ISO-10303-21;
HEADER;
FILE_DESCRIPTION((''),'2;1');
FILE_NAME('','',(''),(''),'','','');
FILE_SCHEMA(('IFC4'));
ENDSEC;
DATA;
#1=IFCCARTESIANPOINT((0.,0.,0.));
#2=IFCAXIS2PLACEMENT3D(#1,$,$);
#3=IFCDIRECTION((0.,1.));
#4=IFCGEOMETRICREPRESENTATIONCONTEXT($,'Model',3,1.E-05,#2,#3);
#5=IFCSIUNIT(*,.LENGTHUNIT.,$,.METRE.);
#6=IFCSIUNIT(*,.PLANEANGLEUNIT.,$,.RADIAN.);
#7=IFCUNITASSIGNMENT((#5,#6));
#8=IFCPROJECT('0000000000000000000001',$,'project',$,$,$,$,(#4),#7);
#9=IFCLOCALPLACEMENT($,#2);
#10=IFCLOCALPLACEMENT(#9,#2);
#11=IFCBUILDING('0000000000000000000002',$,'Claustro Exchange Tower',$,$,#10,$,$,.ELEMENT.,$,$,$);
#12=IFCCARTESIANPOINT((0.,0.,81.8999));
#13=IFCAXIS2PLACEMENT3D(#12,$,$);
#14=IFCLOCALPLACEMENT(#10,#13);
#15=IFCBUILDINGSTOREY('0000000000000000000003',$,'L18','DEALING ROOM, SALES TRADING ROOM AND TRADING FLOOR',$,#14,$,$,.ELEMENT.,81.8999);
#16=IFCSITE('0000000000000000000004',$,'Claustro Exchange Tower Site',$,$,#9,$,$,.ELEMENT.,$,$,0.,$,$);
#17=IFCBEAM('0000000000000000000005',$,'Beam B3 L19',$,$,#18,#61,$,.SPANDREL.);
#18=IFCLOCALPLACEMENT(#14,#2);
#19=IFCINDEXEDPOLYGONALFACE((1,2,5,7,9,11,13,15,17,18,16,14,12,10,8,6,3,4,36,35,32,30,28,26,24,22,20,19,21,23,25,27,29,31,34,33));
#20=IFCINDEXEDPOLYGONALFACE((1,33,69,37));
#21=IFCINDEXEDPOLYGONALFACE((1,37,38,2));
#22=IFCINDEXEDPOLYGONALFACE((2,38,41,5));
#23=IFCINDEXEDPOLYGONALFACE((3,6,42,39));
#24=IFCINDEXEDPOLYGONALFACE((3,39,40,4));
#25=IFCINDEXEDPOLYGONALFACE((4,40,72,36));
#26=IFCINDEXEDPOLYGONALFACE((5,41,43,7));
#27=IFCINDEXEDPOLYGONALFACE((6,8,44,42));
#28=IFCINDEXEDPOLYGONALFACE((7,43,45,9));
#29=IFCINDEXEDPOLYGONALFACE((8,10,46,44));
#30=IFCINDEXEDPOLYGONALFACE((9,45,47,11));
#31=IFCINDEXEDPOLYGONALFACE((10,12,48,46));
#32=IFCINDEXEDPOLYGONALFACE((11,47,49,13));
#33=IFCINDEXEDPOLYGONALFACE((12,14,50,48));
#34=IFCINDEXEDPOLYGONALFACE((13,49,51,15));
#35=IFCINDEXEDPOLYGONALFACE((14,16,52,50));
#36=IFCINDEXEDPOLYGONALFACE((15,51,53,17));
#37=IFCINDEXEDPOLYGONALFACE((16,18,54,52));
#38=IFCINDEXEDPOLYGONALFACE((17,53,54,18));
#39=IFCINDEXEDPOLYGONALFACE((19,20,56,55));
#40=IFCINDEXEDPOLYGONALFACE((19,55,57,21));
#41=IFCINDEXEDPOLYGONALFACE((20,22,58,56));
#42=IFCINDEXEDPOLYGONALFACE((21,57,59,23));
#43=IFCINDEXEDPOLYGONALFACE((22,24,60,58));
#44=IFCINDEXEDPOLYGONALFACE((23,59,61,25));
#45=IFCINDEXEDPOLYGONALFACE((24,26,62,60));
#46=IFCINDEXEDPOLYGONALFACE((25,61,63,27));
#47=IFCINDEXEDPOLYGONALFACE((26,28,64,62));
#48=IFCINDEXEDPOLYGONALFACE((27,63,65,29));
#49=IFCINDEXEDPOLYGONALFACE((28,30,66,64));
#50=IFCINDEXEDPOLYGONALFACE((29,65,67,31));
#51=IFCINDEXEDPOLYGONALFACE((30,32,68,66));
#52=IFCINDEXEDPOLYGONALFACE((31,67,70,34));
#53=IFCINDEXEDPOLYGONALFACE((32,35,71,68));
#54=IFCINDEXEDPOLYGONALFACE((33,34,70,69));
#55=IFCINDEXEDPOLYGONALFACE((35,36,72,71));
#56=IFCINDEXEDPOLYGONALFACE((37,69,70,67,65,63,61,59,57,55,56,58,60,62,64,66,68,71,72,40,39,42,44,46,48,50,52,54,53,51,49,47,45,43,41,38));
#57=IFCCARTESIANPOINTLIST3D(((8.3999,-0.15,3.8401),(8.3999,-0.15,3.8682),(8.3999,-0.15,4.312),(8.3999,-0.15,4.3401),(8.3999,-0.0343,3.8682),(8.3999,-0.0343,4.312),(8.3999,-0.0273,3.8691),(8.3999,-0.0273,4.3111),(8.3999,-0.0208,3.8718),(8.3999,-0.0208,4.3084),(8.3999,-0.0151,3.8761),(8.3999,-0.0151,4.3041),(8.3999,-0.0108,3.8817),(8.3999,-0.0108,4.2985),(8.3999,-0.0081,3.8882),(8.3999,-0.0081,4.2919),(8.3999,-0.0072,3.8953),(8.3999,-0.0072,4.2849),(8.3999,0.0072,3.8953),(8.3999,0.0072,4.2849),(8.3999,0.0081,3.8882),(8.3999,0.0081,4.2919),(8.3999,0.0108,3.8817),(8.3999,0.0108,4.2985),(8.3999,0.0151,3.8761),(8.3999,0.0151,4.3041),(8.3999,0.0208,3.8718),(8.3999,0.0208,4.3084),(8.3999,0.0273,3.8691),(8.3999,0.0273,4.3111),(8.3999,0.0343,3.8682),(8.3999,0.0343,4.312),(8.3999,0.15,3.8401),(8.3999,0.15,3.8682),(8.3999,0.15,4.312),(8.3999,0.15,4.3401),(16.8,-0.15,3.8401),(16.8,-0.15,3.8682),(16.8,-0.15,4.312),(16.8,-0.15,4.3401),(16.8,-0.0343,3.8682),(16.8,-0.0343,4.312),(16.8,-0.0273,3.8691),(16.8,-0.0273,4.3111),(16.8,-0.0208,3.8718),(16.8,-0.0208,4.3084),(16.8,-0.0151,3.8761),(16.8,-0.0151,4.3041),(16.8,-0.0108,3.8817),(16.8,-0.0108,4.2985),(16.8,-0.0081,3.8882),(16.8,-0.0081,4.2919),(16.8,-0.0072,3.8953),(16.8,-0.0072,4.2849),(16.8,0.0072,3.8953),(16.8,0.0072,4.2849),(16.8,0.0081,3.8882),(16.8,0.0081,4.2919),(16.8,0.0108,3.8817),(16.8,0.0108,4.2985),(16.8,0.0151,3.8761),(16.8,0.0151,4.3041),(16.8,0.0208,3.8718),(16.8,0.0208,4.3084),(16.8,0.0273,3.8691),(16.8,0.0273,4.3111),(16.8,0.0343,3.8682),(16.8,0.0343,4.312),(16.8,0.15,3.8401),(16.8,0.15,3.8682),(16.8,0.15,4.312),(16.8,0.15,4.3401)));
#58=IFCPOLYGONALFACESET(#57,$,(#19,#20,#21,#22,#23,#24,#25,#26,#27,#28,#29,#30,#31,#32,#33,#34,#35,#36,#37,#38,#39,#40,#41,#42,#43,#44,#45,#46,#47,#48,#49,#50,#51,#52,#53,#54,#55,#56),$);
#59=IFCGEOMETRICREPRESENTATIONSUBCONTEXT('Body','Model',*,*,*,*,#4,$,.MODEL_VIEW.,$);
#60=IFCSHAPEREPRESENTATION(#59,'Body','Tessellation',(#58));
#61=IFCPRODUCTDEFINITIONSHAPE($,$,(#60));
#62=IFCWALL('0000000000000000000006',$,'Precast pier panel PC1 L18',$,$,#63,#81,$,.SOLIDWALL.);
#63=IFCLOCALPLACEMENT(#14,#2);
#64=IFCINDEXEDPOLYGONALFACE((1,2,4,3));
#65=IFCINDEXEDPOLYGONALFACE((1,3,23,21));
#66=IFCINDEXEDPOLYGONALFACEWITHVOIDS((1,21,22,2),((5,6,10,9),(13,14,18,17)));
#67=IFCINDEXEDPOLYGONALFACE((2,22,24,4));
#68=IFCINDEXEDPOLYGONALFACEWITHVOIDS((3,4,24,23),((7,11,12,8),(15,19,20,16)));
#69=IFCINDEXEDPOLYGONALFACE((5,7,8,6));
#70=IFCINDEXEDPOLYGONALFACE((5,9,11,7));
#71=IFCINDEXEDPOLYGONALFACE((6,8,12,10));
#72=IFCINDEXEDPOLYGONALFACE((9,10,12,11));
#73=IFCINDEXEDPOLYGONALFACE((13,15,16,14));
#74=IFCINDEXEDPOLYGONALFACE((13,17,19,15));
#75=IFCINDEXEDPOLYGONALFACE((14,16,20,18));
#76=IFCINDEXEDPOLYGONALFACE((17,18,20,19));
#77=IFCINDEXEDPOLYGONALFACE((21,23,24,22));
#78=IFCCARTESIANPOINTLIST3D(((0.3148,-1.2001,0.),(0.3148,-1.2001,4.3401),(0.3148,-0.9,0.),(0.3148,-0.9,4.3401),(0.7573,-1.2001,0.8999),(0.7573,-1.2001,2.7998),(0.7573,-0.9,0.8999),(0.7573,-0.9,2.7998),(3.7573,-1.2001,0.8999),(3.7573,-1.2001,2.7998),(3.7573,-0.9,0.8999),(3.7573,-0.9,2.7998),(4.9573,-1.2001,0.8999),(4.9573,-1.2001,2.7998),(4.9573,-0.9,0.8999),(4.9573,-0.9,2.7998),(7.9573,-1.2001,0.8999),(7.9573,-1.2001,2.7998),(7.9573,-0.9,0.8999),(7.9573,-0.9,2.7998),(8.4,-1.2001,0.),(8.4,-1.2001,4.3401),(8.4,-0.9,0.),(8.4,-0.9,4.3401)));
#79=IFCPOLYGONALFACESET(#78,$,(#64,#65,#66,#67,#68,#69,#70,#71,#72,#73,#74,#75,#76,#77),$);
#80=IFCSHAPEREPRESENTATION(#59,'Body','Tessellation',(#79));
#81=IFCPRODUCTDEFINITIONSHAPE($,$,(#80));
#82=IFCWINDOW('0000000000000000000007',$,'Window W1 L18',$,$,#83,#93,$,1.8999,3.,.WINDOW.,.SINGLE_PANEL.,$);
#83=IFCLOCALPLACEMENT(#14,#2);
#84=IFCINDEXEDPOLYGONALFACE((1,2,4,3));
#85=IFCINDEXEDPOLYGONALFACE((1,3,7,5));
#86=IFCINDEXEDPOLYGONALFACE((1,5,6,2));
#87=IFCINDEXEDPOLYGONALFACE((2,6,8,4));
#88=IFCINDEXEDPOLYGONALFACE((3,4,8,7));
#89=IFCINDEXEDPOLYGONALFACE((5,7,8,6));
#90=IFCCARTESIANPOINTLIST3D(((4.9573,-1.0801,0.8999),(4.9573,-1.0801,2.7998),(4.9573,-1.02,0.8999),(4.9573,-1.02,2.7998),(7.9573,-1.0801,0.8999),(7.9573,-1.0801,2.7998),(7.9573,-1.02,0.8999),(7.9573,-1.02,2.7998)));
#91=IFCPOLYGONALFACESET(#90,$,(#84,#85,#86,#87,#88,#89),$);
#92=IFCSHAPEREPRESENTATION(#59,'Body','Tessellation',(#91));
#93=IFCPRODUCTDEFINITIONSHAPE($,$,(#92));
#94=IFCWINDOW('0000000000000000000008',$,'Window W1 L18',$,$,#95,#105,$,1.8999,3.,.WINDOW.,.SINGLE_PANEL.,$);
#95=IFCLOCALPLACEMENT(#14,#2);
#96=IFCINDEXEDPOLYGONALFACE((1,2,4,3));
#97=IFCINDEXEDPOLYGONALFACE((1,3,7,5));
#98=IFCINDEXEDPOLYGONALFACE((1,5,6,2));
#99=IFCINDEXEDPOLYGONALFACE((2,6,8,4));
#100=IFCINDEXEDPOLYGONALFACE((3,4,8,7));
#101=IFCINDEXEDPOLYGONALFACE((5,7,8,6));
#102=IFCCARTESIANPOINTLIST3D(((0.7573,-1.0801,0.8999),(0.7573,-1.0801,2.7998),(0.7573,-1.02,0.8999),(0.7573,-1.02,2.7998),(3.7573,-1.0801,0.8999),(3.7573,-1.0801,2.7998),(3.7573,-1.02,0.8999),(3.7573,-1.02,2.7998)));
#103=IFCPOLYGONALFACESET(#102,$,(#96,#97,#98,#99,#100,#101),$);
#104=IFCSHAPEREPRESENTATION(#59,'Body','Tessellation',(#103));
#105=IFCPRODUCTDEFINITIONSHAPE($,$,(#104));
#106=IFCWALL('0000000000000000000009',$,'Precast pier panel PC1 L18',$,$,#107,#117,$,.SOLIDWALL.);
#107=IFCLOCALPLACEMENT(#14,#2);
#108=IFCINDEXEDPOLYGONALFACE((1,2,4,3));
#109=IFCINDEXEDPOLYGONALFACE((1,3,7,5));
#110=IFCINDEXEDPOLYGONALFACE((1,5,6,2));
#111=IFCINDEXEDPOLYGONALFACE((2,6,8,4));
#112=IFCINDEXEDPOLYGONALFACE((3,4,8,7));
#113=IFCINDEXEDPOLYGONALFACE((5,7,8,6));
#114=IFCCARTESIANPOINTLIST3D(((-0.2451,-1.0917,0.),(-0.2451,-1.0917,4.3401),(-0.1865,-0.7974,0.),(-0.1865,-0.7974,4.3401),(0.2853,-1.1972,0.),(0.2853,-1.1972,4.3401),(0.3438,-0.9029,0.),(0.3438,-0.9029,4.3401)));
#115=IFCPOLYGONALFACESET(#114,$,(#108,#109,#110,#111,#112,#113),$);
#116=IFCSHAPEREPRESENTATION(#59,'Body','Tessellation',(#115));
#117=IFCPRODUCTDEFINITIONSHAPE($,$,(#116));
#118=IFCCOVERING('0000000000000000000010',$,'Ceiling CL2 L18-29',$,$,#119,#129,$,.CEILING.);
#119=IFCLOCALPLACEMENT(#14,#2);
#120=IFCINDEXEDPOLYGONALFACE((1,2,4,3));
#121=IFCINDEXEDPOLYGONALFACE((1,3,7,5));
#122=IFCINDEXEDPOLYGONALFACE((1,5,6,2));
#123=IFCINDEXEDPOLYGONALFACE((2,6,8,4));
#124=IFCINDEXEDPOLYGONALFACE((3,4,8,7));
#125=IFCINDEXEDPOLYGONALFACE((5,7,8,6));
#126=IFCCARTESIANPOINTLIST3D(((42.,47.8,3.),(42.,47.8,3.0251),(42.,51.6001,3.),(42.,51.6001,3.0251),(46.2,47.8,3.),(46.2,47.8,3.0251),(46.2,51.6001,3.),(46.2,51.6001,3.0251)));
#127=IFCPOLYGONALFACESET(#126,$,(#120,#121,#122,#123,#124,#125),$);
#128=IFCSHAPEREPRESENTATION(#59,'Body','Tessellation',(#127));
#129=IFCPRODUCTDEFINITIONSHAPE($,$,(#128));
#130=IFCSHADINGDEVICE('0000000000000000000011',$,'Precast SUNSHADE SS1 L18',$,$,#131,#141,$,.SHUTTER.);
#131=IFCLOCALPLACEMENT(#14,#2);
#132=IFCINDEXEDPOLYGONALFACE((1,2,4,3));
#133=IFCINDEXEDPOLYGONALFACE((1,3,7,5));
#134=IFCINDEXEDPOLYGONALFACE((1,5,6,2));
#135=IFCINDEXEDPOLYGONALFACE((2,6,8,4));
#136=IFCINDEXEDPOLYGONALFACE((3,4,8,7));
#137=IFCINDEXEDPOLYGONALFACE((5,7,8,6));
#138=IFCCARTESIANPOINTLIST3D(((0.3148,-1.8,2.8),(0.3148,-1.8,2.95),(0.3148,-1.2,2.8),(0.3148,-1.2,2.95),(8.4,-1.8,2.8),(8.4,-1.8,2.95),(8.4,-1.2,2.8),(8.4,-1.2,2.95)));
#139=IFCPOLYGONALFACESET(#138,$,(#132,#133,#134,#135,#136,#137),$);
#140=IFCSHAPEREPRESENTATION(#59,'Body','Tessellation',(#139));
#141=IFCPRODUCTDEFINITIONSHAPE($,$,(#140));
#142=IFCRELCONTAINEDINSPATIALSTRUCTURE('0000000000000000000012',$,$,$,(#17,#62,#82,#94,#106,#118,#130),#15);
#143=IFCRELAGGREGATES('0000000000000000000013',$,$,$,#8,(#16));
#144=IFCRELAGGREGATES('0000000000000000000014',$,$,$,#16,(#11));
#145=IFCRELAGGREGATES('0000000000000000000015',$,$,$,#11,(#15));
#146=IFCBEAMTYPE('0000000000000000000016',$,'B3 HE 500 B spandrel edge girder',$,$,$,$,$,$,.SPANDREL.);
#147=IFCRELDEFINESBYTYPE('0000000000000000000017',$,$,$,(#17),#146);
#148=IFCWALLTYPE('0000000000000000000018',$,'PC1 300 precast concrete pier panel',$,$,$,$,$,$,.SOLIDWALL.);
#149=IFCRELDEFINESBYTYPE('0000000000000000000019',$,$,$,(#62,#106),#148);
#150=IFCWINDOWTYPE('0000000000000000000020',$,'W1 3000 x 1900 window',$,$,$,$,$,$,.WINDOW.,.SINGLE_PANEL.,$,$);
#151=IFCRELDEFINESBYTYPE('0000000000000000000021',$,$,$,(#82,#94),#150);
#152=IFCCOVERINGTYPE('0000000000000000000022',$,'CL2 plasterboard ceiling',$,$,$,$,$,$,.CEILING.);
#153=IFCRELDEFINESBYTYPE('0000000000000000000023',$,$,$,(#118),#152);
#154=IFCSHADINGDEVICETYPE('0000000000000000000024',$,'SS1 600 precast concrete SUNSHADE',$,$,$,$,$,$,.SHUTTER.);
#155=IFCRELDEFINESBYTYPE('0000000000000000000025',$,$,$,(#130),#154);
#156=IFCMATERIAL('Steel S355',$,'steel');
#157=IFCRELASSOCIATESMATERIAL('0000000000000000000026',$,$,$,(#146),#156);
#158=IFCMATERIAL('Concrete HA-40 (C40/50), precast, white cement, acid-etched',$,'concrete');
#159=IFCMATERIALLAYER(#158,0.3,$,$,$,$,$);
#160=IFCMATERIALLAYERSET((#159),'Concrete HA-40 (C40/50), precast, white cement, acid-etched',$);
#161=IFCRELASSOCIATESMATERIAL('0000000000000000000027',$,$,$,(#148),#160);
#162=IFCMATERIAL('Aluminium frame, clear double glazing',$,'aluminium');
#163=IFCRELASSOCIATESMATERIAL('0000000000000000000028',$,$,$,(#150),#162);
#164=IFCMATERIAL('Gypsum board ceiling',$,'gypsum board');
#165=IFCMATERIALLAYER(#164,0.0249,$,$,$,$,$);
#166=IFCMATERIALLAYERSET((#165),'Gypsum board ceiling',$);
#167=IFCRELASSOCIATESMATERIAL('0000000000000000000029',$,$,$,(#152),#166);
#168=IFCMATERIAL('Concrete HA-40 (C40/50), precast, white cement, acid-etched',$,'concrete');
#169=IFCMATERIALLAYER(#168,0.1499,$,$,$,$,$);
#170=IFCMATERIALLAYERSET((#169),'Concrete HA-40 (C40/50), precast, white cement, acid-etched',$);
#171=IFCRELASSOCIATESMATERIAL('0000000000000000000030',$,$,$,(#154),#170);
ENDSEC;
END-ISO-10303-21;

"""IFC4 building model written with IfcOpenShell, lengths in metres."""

from ifc_helpers import new_model, si_unit, direction, frame, frame_2d, origin, origin_2d, place, context, subcontext, project, spatial, polyline, rectangle, i_section, outline, extrude, material, layer, layer_set, material_profile, profile_set, type_object, element, fill, save


model = new_model("IFC4")

# Units and contexts
model_context = context("Model", 3, precision=1e-05, world=origin(), true_north=direction((0.0, 1.0)))
body_context = subcontext(model_context, "Body", "Model", "MODEL_VIEW")
ifc_project = project(units=[si_unit("LENGTHUNIT", "METRE"), si_unit("PLANEANGLEUNIT", "RADIAN")], contexts=[model_context])

# Site, building, storey
site_placement = place(None, origin())
site = spatial("IfcSite", under=ifc_project, at=site_placement, Name="Claustro Exchange Tower Site", CompositionType="ELEMENT", RefElevation=0.0)
building_placement = place(site_placement, origin())
building = spatial("IfcBuilding", under=site, at=building_placement, Name="Claustro Exchange Tower", CompositionType="ELEMENT")
storey_placement = place(building_placement, frame((0.0, 0.0, 81.8999)))
storey = spatial("IfcBuildingStorey", under=building, at=storey_placement, Name="L18", Description="DEALING ROOM, SALES TRADING ROOM AND TRADING FLOOR", CompositionType="ELEMENT", Elevation=81.8999)

# Beam
ifc_material_1 = material(Name="Steel S355", Category="steel")
ifc_material_profile_1 = material_profile(ifc_material_1, i_section(OverallWidth=0.3, OverallDepth=0.5, WebThickness=0.0144, FlangeThickness=0.0281, FilletRadius=0.0271, at=origin_2d()), Name="HE 500 B")
ifc_profile_set_1 = profile_set([ifc_material_profile_1], Name="Steel S355")
beam_type_1 = type_object("IfcBeamType", Name="B3 HE 500 B spandrel edge girder", PredefinedType="SPANDREL", material=ifc_profile_set_1)
beam_1_placement = place(storey_placement, frame((8.3999, 0.0, 4.0901), z_axis=(1.0, 0.0, 0.0), x_axis=(0.0, 1.0, 0.0)))
element("IfcBeam", 1, at=beam_1_placement, inside=storey, type_object=beam_type_1, Name="Beam B3 L19", PredefinedType="SPANDREL", context=body_context, shape_type="SweptSolid", body=[
    extrude(i_section(OverallWidth=0.3, OverallDepth=0.5, WebThickness=0.0144, FlangeThickness=0.0281, FilletRadius=0.0271, at=origin_2d()), origin(), (0.0, 0.0, 1.0), 8.4001),
])

# Wall, openings, windows
ifc_material_2 = material(Name="Concrete HA-40 (C40/50), precast, white cement, acid-etched", Category="concrete")
ifc_layer_1 = layer(ifc_material_2, 0.3)
ifc_layer_set_1 = layer_set([ifc_layer_1], Name="Concrete HA-40 (C40/50), precast, white cement, acid-etched")
wall_type = type_object("IfcWallType", Name="PC1 300 precast concrete pier panel", PredefinedType="SOLIDWALL", material=ifc_layer_set_1)
wall_1_placement = place(storey_placement, frame((8.3999, -1.05, 0.0), z_axis=(0.0, 0.0, 1.0), x_axis=(-1.0, 0.0, 0.0)))
wall_1 = element("IfcWall", 2, at=wall_1_placement, inside=storey, type_object=wall_type, Name="Precast pier panel PC1 L18", PredefinedType="SOLIDWALL", context=body_context, shape_type="SweptSolid", body=[
    extrude(rectangle(XDim=8.0852, YDim=0.3, at=frame_2d((4.0425, 0.0))), origin(), (0.0, 0.0, 1.0), 4.3401),
])
opening_1_placement = place(wall_1_placement, frame((0.4426, 0.0, 0.8999)))
opening_1 = element("IfcOpeningElement", 3, at=opening_1_placement, cuts=wall_1, PredefinedType="OPENING", context=body_context, shape_type="SweptSolid", body=[
    extrude(rectangle(XDim=3.0, YDim=1.8999, at=frame_2d((1.5, 0.95))), frame((0.0, 0.1599, 0.0), z_axis=(0.0, -1.0, 0.0), x_axis=(1.0, 0.0, 0.0)), (0.0, 0.0, 1.0), 0.3201),
])
opening_2_placement = place(wall_1_placement, frame((4.6426, 0.0, 0.8999)))
opening_2 = element("IfcOpeningElement", 4, at=opening_2_placement, cuts=wall_1, PredefinedType="OPENING", context=body_context, shape_type="SweptSolid", body=[
    extrude(rectangle(XDim=3.0, YDim=1.8999, at=frame_2d((1.5, 0.95))), frame((0.0, 0.1599, 0.0), z_axis=(0.0, -1.0, 0.0), x_axis=(1.0, 0.0, 0.0)), (0.0, 0.0, 1.0), 0.3201),
])
ifc_material_3 = material(Name="Aluminium frame, clear double glazing", Category="aluminium")
window_type = type_object("IfcWindowType", Name="W1 3000 x 1900 window", PartitioningType="SINGLE_PANEL", PredefinedType="WINDOW", material=ifc_material_3)
window_1_placement = place(opening_1_placement, origin())
window_1 = element("IfcWindow", 5, at=window_1_placement, inside=storey, type_object=window_type, Name="Window W1 L18", OverallHeight=1.8999, OverallWidth=3.0, PartitioningType="SINGLE_PANEL", PredefinedType="WINDOW", context=body_context, shape_type="SweptSolid", body=[
    extrude(rectangle(XDim=3.0, YDim=1.8999, at=frame_2d((1.5, 0.95))), frame((0.0, 0.03, 0.0), z_axis=(0.0, -1.0, 0.0), x_axis=(1.0, 0.0, 0.0)), (0.0, 0.0, 1.0), 0.0601),
])
fill(opening_1, window_1)
window_2_placement = place(opening_2_placement, origin())
window_2 = element("IfcWindow", 6, at=window_2_placement, inside=storey, type_object=window_type, Name="Window W1 L18", OverallHeight=1.8999, OverallWidth=3.0, PartitioningType="SINGLE_PANEL", PredefinedType="WINDOW", context=body_context, shape_type="SweptSolid", body=[
    extrude(rectangle(XDim=3.0, YDim=1.8999, at=frame_2d((1.5, 0.95))), frame((0.0, 0.03, 0.0), z_axis=(0.0, -1.0, 0.0), x_axis=(1.0, 0.0, 0.0)), (0.0, 0.0, 1.0), 0.0601),
])
fill(opening_2, window_2)

# Wall
wall_2_placement = place(storey_placement, frame((0.3147, -1.05, 0.0), z_axis=(0.0, 0.0, 1.0), x_axis=(-0.980789, 0.195074, 0.0)))
element("IfcWall", 7, at=wall_2_placement, inside=storey, type_object=wall_type, Name="Precast pier panel PC1 L18", PredefinedType="SOLIDWALL", context=body_context, shape_type="SweptSolid", body=[
    extrude(rectangle(XDim=0.5408, YDim=0.3, at=frame_2d((0.2705, 0.0))), origin(), (0.0, 0.0, 1.0), 4.3401),
])

# Covering
ifc_material_4 = material(Name="Gypsum board ceiling", Category="gypsum board")
ifc_layer_2 = layer(ifc_material_4, 0.0249)
ifc_layer_set_2 = layer_set([ifc_layer_2], Name="Gypsum board ceiling")
covering_type = type_object("IfcCoveringType", Name="CL2 plasterboard ceiling", PredefinedType="CEILING", material=ifc_layer_set_2)
covering_placement = place(storey_placement, frame((0.0, 0.0, 3.0)))
element("IfcCovering", 8, at=covering_placement, inside=storey, type_object=covering_type, Name="Ceiling CL2 L18-29", PredefinedType="CEILING", context=body_context, shape_type="SweptSolid", body=[
    extrude(outline(polyline([(46.2, 51.6001), (42.0, 51.6001), (42.0, 47.8), (46.2, 47.8), (46.2, 51.6001)])), origin(), (0.0, 0.0, 1.0), 0.0251),
])

# Shading device
ifc_material_5 = material(Name="Concrete HA-40 (C40/50), precast, white cement, acid-etched", Category="concrete")
ifc_layer_3 = layer(ifc_material_5, 0.1499)
ifc_layer_set_3 = layer_set([ifc_layer_3], Name="Concrete HA-40 (C40/50), precast, white cement, acid-etched")
shading_device_type = type_object("IfcShadingDeviceType", Name="SS1 600 precast concrete SUNSHADE", PredefinedType="SHUTTER", material=ifc_layer_set_3)
shading_device_placement = place(storey_placement, frame((4.3574, -1.5, 2.8), z_axis=(0.0, 0.0, 1.0), x_axis=(-1.0, 0.0, 0.0)))
element("IfcShadingDevice", 9, at=shading_device_placement, inside=storey, type_object=shading_device_type, Name="Precast SUNSHADE SS1 L18", PredefinedType="SHUTTER", context=body_context, shape_type="SweptSolid", body=[
    extrude(rectangle(XDim=8.0852, YDim=0.6001, at=origin_2d()), origin(), (0.0, 0.0, 1.0), 0.1499),
])

save(model, "model.ifc")
